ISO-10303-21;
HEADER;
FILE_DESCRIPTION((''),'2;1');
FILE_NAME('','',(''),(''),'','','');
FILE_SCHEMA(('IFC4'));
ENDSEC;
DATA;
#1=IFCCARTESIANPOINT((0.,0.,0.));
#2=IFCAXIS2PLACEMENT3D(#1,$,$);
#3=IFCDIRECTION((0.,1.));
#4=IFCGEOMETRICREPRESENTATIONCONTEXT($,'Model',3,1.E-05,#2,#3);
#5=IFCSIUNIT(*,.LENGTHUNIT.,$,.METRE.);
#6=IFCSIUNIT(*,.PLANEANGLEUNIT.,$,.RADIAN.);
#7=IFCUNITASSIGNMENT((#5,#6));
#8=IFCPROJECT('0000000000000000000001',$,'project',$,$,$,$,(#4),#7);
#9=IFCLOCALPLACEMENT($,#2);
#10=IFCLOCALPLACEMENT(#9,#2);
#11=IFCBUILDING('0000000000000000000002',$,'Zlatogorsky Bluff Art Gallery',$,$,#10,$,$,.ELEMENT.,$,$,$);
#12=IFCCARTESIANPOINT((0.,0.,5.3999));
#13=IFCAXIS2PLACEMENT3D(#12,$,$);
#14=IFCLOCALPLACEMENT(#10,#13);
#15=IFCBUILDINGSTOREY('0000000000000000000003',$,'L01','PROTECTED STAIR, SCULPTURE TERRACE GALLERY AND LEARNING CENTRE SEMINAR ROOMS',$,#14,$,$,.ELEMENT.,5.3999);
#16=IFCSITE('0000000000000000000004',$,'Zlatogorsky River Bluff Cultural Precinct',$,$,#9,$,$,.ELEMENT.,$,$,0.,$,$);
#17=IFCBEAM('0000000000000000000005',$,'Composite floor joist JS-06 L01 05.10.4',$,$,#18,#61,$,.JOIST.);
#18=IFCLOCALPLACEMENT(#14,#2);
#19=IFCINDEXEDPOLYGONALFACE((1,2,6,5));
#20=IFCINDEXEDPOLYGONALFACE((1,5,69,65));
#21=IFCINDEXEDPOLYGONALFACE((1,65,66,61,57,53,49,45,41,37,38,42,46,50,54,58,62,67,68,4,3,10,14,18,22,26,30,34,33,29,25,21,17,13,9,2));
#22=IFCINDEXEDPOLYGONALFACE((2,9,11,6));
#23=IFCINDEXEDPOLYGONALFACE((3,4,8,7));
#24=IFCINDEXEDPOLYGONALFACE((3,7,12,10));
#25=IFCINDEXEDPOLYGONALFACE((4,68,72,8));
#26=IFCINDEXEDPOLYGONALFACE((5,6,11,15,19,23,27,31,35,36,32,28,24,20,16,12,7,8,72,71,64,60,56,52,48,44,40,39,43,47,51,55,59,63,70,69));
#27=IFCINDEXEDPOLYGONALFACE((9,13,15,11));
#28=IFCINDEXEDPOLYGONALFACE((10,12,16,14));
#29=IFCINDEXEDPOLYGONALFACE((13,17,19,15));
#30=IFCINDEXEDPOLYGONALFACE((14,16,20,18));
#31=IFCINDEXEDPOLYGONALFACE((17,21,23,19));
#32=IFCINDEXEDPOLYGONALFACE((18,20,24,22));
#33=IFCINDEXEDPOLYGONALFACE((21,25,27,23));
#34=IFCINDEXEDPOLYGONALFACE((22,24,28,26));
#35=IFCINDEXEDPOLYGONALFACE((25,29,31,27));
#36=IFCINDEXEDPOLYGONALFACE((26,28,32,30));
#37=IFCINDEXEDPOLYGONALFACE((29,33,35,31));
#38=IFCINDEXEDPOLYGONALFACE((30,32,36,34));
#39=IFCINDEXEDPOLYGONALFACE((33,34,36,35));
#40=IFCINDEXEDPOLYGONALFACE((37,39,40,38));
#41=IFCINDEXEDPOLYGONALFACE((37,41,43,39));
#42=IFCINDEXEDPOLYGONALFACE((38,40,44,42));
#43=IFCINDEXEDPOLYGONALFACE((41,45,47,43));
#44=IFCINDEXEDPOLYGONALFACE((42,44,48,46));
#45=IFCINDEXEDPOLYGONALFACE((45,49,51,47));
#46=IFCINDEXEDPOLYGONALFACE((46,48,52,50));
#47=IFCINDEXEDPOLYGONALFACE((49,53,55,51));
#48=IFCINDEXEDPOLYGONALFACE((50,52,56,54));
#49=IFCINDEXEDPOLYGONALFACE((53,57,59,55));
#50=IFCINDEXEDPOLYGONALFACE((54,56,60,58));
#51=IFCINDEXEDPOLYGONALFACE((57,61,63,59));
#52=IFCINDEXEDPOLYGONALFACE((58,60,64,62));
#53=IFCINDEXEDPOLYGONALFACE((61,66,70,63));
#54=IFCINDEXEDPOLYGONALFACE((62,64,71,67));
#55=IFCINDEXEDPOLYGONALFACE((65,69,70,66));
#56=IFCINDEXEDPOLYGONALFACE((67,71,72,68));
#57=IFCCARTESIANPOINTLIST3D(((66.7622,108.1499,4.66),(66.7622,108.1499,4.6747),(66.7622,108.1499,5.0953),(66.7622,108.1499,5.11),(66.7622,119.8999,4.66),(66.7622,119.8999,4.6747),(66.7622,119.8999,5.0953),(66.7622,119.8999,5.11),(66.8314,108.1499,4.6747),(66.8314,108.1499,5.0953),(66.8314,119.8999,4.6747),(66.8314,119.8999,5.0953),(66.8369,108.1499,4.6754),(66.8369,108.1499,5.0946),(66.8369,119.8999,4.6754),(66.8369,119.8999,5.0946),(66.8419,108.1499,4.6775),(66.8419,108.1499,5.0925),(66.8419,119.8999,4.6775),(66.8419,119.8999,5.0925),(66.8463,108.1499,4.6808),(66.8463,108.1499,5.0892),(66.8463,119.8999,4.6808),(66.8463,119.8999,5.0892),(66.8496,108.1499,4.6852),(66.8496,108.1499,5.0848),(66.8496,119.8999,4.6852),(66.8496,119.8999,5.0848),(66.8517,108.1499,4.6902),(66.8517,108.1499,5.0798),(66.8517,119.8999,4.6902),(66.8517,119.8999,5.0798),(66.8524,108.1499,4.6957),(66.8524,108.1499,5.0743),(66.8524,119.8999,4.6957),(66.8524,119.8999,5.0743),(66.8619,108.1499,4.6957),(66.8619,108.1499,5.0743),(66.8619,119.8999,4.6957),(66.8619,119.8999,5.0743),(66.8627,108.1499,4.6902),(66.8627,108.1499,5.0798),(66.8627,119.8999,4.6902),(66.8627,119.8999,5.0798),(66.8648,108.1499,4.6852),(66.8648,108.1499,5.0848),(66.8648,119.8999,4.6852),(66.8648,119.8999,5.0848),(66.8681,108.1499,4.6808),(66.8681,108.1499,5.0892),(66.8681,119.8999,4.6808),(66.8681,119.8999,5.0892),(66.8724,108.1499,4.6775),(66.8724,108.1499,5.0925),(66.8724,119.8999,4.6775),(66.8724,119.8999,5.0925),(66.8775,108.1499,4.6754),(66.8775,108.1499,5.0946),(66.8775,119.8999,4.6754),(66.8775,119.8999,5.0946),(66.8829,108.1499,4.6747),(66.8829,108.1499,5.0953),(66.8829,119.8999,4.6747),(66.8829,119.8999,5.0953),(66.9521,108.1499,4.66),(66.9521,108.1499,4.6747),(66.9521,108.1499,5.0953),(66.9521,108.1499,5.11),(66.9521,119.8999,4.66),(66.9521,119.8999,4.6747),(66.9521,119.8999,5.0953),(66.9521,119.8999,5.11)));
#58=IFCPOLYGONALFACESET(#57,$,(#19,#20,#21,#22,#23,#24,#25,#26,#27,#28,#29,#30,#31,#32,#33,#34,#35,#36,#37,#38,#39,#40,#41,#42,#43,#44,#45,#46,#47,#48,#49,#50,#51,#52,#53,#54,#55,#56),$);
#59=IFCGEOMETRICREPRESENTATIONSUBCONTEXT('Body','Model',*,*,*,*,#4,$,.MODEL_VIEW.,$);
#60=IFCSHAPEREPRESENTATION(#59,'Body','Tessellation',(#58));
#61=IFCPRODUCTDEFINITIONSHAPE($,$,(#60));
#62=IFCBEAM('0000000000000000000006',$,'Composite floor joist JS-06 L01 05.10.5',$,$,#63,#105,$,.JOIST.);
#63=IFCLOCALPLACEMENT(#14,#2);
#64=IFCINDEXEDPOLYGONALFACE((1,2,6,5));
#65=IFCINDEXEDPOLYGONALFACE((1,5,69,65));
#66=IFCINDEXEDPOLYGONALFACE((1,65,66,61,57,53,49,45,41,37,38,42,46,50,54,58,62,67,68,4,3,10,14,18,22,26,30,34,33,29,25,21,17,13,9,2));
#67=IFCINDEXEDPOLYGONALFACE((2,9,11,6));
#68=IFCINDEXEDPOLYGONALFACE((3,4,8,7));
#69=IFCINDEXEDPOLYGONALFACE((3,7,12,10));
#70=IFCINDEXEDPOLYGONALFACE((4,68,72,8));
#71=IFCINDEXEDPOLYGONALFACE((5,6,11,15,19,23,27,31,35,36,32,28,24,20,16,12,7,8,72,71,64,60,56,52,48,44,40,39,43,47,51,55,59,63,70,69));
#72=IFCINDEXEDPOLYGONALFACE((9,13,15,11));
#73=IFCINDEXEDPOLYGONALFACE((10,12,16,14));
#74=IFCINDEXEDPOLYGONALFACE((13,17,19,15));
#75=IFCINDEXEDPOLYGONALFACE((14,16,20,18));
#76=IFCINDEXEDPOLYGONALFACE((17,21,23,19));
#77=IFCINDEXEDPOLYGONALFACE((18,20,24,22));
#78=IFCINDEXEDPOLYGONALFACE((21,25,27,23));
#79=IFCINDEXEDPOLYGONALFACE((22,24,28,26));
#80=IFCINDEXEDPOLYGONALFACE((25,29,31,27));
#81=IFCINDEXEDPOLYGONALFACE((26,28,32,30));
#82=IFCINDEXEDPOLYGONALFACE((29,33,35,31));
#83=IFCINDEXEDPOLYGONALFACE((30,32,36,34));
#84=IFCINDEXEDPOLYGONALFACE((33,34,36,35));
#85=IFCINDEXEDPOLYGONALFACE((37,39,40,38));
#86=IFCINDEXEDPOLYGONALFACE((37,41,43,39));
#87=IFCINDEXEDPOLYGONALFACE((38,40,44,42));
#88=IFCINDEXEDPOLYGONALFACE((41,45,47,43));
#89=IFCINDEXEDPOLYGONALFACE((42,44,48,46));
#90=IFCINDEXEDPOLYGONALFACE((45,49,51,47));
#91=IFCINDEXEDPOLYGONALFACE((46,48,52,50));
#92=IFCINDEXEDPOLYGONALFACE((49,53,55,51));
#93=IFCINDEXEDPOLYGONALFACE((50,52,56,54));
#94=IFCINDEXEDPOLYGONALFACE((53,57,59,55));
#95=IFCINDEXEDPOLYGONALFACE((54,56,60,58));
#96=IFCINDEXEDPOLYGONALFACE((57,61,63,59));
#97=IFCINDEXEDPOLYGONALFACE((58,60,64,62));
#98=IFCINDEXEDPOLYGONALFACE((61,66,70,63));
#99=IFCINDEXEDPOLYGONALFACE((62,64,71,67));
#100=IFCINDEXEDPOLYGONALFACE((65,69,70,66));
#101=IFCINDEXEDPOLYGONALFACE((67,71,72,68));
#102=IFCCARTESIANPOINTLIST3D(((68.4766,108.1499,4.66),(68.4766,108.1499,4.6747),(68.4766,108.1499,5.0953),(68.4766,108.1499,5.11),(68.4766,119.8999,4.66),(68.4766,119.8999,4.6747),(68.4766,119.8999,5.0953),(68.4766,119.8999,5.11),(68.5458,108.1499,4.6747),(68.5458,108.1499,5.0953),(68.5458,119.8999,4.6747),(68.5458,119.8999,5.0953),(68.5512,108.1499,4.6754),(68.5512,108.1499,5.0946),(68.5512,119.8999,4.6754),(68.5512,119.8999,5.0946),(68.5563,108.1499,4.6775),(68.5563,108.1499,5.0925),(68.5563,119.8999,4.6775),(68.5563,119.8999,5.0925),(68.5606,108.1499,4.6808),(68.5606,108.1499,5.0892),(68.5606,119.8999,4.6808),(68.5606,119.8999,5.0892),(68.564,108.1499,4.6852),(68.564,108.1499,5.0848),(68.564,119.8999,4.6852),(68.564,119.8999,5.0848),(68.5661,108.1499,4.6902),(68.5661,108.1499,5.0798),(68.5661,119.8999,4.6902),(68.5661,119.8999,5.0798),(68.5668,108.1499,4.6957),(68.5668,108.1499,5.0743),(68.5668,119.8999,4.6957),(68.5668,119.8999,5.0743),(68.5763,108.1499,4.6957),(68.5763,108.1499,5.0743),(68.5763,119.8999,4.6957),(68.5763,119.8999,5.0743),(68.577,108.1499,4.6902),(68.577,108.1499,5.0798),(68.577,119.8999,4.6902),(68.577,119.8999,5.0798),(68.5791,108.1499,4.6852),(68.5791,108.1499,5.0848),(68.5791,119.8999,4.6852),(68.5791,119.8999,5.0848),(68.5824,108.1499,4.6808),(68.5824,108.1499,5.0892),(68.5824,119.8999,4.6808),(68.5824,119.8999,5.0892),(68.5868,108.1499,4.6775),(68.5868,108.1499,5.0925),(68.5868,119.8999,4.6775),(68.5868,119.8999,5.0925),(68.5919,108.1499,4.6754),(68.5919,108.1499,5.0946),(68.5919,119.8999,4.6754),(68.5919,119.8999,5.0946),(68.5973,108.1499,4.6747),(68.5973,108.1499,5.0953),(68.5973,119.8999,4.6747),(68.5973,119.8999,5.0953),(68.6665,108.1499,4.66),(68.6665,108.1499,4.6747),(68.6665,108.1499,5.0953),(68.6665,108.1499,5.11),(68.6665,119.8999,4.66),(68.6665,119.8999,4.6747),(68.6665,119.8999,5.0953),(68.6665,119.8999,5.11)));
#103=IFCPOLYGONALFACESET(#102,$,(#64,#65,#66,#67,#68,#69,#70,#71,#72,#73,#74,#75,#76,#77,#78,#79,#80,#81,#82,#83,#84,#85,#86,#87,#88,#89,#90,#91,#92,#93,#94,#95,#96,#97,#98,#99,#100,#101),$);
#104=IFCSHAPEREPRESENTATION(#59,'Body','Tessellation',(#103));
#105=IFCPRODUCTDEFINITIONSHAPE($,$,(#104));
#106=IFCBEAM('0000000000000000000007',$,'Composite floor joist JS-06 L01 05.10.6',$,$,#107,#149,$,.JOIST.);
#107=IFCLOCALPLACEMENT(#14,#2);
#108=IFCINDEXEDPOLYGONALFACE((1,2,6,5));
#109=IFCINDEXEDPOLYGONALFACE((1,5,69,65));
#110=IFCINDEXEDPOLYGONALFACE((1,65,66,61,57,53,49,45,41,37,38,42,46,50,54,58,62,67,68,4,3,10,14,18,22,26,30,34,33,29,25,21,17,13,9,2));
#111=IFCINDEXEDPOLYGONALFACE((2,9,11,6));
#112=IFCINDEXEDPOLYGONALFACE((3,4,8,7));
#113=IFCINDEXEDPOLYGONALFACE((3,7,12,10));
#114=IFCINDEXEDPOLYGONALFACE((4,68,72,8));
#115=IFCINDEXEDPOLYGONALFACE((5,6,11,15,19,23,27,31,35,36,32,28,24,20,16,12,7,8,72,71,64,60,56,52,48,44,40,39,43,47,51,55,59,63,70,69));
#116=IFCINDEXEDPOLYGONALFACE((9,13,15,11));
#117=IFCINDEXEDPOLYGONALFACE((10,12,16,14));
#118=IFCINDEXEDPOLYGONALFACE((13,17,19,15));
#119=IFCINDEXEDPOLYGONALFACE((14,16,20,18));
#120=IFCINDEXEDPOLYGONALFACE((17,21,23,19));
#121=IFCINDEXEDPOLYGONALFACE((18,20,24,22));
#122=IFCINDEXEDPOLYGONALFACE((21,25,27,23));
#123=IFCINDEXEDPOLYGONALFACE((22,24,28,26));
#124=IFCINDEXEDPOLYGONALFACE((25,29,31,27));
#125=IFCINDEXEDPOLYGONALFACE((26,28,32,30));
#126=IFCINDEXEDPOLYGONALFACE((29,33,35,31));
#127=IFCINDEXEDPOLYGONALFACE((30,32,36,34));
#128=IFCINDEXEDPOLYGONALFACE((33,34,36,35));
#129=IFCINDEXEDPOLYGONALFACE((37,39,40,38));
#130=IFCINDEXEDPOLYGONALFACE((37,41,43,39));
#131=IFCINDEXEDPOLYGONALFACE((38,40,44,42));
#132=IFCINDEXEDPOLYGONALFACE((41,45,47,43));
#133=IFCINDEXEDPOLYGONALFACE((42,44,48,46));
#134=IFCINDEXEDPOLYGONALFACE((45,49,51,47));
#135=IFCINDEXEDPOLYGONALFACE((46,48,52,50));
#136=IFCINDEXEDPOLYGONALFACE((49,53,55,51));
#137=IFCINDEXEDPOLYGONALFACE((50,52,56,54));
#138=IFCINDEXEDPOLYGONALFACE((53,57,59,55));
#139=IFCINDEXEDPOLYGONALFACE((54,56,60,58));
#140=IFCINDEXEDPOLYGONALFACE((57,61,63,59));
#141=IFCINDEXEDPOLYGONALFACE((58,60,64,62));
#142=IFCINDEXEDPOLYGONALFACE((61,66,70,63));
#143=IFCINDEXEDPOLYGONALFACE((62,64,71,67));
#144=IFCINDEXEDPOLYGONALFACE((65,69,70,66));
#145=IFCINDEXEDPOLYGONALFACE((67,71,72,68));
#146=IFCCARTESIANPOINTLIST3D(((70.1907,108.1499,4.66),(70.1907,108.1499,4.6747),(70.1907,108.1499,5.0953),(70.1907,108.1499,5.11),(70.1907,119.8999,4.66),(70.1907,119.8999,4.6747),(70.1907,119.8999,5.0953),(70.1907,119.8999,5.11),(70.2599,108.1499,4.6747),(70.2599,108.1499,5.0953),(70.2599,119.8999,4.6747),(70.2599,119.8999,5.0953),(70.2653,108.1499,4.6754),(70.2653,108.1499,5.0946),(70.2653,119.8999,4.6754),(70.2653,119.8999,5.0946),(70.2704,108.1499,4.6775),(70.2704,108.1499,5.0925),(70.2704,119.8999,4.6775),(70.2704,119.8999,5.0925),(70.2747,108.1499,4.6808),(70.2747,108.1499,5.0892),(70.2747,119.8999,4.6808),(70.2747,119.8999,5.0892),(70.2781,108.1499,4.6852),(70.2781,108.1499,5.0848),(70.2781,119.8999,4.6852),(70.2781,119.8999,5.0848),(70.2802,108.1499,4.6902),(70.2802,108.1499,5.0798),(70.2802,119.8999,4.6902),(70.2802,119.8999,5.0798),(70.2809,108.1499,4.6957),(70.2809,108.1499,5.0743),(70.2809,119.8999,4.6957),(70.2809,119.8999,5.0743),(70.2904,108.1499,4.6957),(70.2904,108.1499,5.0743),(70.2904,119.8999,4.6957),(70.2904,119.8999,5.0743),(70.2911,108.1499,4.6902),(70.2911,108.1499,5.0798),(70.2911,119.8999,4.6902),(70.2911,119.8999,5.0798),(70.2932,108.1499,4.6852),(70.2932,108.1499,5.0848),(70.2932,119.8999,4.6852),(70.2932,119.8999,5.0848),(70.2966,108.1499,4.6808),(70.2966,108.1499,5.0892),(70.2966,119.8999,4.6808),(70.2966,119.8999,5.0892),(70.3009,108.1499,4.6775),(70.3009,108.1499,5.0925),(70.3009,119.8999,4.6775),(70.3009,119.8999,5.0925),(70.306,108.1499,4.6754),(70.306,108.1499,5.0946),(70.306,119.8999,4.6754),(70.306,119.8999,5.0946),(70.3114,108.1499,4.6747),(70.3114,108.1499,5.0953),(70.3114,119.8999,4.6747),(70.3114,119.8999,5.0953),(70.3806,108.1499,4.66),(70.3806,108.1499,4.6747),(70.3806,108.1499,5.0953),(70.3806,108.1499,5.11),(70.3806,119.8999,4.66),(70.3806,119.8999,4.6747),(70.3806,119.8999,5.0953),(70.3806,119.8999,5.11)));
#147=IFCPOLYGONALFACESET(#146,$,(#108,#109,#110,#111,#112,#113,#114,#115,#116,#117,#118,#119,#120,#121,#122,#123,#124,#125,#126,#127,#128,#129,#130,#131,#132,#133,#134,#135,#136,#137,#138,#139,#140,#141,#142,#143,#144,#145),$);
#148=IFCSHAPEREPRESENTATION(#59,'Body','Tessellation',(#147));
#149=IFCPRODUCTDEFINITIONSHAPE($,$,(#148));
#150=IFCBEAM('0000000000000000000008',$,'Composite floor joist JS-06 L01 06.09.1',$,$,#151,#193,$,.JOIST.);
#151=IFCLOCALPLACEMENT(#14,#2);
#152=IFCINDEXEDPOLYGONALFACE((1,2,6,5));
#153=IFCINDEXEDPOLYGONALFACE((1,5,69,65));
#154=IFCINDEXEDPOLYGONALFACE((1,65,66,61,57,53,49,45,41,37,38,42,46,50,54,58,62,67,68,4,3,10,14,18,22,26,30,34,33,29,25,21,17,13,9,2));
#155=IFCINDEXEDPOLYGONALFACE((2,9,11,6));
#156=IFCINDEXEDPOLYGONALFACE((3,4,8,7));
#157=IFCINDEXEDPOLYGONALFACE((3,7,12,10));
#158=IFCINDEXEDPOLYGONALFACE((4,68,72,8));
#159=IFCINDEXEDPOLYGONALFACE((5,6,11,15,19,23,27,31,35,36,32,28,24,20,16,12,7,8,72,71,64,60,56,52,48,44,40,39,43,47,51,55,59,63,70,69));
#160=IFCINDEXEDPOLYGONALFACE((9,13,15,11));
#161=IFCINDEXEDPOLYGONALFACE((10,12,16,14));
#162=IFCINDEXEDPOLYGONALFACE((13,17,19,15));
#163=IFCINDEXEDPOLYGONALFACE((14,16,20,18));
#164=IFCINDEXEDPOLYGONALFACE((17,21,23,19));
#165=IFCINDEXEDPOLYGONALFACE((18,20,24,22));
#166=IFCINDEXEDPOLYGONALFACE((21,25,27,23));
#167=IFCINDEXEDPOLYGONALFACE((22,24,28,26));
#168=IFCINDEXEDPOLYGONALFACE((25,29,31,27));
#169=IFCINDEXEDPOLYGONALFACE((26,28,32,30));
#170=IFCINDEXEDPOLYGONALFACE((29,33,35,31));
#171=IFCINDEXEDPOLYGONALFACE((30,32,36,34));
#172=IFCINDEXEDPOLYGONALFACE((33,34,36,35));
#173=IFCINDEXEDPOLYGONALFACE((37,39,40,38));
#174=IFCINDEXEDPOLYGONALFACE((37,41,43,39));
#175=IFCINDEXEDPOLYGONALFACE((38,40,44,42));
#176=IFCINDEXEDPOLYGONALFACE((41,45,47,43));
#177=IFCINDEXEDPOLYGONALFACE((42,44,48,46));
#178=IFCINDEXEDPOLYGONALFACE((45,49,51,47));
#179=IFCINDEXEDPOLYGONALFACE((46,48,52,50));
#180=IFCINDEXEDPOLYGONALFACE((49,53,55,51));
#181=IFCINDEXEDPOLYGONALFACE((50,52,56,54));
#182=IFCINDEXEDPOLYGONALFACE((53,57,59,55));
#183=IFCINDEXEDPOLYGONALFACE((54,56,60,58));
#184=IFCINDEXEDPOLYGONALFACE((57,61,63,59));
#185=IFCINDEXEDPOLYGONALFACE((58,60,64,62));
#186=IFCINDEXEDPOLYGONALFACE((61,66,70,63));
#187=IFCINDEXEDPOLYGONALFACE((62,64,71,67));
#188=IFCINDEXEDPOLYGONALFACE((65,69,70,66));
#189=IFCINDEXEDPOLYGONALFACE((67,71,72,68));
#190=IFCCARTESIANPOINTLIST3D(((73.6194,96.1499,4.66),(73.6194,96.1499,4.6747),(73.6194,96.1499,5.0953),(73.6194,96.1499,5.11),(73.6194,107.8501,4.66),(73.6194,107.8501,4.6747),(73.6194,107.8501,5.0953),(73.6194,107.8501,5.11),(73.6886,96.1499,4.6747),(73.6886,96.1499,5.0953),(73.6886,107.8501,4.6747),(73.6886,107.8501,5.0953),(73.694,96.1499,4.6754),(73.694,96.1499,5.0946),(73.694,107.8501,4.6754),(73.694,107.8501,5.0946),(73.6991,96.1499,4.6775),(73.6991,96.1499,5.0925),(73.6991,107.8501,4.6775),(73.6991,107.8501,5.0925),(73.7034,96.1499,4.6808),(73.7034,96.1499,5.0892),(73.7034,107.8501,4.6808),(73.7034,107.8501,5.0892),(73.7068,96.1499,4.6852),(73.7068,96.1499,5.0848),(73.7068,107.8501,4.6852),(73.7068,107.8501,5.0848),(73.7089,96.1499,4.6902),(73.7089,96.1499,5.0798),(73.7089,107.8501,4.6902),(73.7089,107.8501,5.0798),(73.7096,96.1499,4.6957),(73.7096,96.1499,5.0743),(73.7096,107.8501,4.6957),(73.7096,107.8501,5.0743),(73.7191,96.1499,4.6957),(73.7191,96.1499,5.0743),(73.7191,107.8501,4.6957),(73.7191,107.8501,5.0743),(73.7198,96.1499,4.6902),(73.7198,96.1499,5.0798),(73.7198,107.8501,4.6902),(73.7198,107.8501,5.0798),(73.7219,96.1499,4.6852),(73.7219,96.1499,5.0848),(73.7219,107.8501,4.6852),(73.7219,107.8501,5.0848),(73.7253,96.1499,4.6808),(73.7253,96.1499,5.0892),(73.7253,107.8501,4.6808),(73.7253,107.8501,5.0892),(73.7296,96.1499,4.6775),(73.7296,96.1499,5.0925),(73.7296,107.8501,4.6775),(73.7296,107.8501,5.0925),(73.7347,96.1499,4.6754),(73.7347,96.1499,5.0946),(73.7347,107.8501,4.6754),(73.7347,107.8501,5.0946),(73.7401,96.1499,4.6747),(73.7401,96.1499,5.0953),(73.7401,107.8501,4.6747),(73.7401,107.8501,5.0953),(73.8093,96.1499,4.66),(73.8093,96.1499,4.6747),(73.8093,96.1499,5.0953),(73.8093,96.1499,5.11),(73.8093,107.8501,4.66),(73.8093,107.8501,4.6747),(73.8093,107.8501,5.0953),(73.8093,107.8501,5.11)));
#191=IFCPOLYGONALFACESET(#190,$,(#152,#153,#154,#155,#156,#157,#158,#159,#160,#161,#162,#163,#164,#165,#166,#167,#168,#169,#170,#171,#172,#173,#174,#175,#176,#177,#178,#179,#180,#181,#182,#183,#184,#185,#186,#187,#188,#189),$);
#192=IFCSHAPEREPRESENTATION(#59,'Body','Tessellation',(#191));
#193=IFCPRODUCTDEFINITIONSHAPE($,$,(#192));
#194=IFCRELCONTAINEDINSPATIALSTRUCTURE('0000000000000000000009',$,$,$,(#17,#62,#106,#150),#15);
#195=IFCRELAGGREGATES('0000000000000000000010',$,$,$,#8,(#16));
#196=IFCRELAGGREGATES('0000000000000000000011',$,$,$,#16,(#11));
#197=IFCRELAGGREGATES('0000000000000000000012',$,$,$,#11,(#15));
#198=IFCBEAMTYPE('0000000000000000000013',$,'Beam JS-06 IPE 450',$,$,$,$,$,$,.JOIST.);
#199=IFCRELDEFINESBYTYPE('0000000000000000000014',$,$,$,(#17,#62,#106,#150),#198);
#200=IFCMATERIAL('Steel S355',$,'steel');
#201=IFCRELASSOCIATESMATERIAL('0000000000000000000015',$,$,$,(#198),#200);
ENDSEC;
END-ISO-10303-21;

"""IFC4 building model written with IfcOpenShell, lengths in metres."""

from ifc_helpers import new_model, si_unit, direction, frame, origin, origin_2d, place, context, subcontext, project, spatial, i_section, extrude, material, material_profile, profile_set, type_object, element, save


model = new_model("IFC4")

# Units and contexts
model_context = context("Model", 3, precision=1e-05, world=origin(), true_north=direction((0.0, 1.0)))
body_context = subcontext(model_context, "Body", "Model", "MODEL_VIEW")
ifc_project = project(units=[si_unit("LENGTHUNIT", "METRE"), si_unit("PLANEANGLEUNIT", "RADIAN")], contexts=[model_context])

# Site, building, storey
site_placement = place(None, origin())
site = spatial("IfcSite", under=ifc_project, at=site_placement, Name="Zlatogorsky River Bluff Cultural Precinct", CompositionType="ELEMENT", RefElevation=0.0)
building_placement = place(site_placement, origin())
building = spatial("IfcBuilding", under=site, at=building_placement, Name="Zlatogorsky Bluff Art Gallery", CompositionType="ELEMENT")
storey_placement = place(building_placement, frame((0.0, 0.0, 5.3999)))
storey = spatial("IfcBuildingStorey", under=building, at=storey_placement, Name="L01", Description="PROTECTED STAIR, SCULPTURE TERRACE GALLERY AND LEARNING CENTRE SEMINAR ROOMS", CompositionType="ELEMENT", Elevation=5.3999)

# Shared definitions
ifc_material_1 = material(Name="Steel S355", Category="steel")

# Beams
ifc_material_profile_1 = material_profile(ifc_material_1, i_section(OverallWidth=0.1899, OverallDepth=0.45, WebThickness=0.0095, FlangeThickness=0.0146, FilletRadius=0.021, at=origin_2d()), Name="IPE 450")
ifc_profile_set_1 = profile_set([ifc_material_profile_1], Name="Steel S355")
beam_type_1 = type_object("IfcBeamType", Name="Beam JS-06 IPE 450", PredefinedType="JOIST", material=ifc_profile_set_1)
for number, where, z_axis, x_axis, name in (
    (1, (66.8572, 108.1499, 4.885), (0.0, 1.0, 0.0), (-1.0, 0.0, 0.0), "Composite floor joist JS-06 L01 05.10.4"),
    (2, (68.5715, 108.1499, 4.885), (0.0, 1.0, 0.0), (-1.0, 0.0, 0.0), "Composite floor joist JS-06 L01 05.10.5"),
    (3, (70.2856, 108.1499, 4.885), (0.0, 1.0, 0.0), (-1.0, 0.0, 0.0), "Composite floor joist JS-06 L01 05.10.6"),
):
    element("IfcBeam", number, at=place(storey_placement, frame(where, z_axis=z_axis, x_axis=x_axis)), inside=storey, type_object=beam_type_1, Name=name, PredefinedType="JOIST", context=body_context, shape_type="SweptSolid", body=[
        extrude(i_section(OverallWidth=0.1899, OverallDepth=0.45, WebThickness=0.0095, FlangeThickness=0.0146, FilletRadius=0.021, at=origin_2d()), origin(), (0.0, 0.0, 1.0), 11.75),
    ])
beam_1_placement = place(storey_placement, frame((73.7144, 96.1499, 4.885), z_axis=(0.0, 1.0, 0.0), x_axis=(-1.0, 0.0, 0.0)))
element("IfcBeam", 4, at=beam_1_placement, inside=storey, type_object=beam_type_1, Name="Composite floor joist JS-06 L01 06.09.1", PredefinedType="JOIST", context=body_context, shape_type="SweptSolid", body=[
    extrude(i_section(OverallWidth=0.1899, OverallDepth=0.45, WebThickness=0.0095, FlangeThickness=0.0146, FilletRadius=0.021, at=origin_2d()), origin(), (0.0, 0.0, 1.0), 11.7002),
])

save(model, "model.ifc")
